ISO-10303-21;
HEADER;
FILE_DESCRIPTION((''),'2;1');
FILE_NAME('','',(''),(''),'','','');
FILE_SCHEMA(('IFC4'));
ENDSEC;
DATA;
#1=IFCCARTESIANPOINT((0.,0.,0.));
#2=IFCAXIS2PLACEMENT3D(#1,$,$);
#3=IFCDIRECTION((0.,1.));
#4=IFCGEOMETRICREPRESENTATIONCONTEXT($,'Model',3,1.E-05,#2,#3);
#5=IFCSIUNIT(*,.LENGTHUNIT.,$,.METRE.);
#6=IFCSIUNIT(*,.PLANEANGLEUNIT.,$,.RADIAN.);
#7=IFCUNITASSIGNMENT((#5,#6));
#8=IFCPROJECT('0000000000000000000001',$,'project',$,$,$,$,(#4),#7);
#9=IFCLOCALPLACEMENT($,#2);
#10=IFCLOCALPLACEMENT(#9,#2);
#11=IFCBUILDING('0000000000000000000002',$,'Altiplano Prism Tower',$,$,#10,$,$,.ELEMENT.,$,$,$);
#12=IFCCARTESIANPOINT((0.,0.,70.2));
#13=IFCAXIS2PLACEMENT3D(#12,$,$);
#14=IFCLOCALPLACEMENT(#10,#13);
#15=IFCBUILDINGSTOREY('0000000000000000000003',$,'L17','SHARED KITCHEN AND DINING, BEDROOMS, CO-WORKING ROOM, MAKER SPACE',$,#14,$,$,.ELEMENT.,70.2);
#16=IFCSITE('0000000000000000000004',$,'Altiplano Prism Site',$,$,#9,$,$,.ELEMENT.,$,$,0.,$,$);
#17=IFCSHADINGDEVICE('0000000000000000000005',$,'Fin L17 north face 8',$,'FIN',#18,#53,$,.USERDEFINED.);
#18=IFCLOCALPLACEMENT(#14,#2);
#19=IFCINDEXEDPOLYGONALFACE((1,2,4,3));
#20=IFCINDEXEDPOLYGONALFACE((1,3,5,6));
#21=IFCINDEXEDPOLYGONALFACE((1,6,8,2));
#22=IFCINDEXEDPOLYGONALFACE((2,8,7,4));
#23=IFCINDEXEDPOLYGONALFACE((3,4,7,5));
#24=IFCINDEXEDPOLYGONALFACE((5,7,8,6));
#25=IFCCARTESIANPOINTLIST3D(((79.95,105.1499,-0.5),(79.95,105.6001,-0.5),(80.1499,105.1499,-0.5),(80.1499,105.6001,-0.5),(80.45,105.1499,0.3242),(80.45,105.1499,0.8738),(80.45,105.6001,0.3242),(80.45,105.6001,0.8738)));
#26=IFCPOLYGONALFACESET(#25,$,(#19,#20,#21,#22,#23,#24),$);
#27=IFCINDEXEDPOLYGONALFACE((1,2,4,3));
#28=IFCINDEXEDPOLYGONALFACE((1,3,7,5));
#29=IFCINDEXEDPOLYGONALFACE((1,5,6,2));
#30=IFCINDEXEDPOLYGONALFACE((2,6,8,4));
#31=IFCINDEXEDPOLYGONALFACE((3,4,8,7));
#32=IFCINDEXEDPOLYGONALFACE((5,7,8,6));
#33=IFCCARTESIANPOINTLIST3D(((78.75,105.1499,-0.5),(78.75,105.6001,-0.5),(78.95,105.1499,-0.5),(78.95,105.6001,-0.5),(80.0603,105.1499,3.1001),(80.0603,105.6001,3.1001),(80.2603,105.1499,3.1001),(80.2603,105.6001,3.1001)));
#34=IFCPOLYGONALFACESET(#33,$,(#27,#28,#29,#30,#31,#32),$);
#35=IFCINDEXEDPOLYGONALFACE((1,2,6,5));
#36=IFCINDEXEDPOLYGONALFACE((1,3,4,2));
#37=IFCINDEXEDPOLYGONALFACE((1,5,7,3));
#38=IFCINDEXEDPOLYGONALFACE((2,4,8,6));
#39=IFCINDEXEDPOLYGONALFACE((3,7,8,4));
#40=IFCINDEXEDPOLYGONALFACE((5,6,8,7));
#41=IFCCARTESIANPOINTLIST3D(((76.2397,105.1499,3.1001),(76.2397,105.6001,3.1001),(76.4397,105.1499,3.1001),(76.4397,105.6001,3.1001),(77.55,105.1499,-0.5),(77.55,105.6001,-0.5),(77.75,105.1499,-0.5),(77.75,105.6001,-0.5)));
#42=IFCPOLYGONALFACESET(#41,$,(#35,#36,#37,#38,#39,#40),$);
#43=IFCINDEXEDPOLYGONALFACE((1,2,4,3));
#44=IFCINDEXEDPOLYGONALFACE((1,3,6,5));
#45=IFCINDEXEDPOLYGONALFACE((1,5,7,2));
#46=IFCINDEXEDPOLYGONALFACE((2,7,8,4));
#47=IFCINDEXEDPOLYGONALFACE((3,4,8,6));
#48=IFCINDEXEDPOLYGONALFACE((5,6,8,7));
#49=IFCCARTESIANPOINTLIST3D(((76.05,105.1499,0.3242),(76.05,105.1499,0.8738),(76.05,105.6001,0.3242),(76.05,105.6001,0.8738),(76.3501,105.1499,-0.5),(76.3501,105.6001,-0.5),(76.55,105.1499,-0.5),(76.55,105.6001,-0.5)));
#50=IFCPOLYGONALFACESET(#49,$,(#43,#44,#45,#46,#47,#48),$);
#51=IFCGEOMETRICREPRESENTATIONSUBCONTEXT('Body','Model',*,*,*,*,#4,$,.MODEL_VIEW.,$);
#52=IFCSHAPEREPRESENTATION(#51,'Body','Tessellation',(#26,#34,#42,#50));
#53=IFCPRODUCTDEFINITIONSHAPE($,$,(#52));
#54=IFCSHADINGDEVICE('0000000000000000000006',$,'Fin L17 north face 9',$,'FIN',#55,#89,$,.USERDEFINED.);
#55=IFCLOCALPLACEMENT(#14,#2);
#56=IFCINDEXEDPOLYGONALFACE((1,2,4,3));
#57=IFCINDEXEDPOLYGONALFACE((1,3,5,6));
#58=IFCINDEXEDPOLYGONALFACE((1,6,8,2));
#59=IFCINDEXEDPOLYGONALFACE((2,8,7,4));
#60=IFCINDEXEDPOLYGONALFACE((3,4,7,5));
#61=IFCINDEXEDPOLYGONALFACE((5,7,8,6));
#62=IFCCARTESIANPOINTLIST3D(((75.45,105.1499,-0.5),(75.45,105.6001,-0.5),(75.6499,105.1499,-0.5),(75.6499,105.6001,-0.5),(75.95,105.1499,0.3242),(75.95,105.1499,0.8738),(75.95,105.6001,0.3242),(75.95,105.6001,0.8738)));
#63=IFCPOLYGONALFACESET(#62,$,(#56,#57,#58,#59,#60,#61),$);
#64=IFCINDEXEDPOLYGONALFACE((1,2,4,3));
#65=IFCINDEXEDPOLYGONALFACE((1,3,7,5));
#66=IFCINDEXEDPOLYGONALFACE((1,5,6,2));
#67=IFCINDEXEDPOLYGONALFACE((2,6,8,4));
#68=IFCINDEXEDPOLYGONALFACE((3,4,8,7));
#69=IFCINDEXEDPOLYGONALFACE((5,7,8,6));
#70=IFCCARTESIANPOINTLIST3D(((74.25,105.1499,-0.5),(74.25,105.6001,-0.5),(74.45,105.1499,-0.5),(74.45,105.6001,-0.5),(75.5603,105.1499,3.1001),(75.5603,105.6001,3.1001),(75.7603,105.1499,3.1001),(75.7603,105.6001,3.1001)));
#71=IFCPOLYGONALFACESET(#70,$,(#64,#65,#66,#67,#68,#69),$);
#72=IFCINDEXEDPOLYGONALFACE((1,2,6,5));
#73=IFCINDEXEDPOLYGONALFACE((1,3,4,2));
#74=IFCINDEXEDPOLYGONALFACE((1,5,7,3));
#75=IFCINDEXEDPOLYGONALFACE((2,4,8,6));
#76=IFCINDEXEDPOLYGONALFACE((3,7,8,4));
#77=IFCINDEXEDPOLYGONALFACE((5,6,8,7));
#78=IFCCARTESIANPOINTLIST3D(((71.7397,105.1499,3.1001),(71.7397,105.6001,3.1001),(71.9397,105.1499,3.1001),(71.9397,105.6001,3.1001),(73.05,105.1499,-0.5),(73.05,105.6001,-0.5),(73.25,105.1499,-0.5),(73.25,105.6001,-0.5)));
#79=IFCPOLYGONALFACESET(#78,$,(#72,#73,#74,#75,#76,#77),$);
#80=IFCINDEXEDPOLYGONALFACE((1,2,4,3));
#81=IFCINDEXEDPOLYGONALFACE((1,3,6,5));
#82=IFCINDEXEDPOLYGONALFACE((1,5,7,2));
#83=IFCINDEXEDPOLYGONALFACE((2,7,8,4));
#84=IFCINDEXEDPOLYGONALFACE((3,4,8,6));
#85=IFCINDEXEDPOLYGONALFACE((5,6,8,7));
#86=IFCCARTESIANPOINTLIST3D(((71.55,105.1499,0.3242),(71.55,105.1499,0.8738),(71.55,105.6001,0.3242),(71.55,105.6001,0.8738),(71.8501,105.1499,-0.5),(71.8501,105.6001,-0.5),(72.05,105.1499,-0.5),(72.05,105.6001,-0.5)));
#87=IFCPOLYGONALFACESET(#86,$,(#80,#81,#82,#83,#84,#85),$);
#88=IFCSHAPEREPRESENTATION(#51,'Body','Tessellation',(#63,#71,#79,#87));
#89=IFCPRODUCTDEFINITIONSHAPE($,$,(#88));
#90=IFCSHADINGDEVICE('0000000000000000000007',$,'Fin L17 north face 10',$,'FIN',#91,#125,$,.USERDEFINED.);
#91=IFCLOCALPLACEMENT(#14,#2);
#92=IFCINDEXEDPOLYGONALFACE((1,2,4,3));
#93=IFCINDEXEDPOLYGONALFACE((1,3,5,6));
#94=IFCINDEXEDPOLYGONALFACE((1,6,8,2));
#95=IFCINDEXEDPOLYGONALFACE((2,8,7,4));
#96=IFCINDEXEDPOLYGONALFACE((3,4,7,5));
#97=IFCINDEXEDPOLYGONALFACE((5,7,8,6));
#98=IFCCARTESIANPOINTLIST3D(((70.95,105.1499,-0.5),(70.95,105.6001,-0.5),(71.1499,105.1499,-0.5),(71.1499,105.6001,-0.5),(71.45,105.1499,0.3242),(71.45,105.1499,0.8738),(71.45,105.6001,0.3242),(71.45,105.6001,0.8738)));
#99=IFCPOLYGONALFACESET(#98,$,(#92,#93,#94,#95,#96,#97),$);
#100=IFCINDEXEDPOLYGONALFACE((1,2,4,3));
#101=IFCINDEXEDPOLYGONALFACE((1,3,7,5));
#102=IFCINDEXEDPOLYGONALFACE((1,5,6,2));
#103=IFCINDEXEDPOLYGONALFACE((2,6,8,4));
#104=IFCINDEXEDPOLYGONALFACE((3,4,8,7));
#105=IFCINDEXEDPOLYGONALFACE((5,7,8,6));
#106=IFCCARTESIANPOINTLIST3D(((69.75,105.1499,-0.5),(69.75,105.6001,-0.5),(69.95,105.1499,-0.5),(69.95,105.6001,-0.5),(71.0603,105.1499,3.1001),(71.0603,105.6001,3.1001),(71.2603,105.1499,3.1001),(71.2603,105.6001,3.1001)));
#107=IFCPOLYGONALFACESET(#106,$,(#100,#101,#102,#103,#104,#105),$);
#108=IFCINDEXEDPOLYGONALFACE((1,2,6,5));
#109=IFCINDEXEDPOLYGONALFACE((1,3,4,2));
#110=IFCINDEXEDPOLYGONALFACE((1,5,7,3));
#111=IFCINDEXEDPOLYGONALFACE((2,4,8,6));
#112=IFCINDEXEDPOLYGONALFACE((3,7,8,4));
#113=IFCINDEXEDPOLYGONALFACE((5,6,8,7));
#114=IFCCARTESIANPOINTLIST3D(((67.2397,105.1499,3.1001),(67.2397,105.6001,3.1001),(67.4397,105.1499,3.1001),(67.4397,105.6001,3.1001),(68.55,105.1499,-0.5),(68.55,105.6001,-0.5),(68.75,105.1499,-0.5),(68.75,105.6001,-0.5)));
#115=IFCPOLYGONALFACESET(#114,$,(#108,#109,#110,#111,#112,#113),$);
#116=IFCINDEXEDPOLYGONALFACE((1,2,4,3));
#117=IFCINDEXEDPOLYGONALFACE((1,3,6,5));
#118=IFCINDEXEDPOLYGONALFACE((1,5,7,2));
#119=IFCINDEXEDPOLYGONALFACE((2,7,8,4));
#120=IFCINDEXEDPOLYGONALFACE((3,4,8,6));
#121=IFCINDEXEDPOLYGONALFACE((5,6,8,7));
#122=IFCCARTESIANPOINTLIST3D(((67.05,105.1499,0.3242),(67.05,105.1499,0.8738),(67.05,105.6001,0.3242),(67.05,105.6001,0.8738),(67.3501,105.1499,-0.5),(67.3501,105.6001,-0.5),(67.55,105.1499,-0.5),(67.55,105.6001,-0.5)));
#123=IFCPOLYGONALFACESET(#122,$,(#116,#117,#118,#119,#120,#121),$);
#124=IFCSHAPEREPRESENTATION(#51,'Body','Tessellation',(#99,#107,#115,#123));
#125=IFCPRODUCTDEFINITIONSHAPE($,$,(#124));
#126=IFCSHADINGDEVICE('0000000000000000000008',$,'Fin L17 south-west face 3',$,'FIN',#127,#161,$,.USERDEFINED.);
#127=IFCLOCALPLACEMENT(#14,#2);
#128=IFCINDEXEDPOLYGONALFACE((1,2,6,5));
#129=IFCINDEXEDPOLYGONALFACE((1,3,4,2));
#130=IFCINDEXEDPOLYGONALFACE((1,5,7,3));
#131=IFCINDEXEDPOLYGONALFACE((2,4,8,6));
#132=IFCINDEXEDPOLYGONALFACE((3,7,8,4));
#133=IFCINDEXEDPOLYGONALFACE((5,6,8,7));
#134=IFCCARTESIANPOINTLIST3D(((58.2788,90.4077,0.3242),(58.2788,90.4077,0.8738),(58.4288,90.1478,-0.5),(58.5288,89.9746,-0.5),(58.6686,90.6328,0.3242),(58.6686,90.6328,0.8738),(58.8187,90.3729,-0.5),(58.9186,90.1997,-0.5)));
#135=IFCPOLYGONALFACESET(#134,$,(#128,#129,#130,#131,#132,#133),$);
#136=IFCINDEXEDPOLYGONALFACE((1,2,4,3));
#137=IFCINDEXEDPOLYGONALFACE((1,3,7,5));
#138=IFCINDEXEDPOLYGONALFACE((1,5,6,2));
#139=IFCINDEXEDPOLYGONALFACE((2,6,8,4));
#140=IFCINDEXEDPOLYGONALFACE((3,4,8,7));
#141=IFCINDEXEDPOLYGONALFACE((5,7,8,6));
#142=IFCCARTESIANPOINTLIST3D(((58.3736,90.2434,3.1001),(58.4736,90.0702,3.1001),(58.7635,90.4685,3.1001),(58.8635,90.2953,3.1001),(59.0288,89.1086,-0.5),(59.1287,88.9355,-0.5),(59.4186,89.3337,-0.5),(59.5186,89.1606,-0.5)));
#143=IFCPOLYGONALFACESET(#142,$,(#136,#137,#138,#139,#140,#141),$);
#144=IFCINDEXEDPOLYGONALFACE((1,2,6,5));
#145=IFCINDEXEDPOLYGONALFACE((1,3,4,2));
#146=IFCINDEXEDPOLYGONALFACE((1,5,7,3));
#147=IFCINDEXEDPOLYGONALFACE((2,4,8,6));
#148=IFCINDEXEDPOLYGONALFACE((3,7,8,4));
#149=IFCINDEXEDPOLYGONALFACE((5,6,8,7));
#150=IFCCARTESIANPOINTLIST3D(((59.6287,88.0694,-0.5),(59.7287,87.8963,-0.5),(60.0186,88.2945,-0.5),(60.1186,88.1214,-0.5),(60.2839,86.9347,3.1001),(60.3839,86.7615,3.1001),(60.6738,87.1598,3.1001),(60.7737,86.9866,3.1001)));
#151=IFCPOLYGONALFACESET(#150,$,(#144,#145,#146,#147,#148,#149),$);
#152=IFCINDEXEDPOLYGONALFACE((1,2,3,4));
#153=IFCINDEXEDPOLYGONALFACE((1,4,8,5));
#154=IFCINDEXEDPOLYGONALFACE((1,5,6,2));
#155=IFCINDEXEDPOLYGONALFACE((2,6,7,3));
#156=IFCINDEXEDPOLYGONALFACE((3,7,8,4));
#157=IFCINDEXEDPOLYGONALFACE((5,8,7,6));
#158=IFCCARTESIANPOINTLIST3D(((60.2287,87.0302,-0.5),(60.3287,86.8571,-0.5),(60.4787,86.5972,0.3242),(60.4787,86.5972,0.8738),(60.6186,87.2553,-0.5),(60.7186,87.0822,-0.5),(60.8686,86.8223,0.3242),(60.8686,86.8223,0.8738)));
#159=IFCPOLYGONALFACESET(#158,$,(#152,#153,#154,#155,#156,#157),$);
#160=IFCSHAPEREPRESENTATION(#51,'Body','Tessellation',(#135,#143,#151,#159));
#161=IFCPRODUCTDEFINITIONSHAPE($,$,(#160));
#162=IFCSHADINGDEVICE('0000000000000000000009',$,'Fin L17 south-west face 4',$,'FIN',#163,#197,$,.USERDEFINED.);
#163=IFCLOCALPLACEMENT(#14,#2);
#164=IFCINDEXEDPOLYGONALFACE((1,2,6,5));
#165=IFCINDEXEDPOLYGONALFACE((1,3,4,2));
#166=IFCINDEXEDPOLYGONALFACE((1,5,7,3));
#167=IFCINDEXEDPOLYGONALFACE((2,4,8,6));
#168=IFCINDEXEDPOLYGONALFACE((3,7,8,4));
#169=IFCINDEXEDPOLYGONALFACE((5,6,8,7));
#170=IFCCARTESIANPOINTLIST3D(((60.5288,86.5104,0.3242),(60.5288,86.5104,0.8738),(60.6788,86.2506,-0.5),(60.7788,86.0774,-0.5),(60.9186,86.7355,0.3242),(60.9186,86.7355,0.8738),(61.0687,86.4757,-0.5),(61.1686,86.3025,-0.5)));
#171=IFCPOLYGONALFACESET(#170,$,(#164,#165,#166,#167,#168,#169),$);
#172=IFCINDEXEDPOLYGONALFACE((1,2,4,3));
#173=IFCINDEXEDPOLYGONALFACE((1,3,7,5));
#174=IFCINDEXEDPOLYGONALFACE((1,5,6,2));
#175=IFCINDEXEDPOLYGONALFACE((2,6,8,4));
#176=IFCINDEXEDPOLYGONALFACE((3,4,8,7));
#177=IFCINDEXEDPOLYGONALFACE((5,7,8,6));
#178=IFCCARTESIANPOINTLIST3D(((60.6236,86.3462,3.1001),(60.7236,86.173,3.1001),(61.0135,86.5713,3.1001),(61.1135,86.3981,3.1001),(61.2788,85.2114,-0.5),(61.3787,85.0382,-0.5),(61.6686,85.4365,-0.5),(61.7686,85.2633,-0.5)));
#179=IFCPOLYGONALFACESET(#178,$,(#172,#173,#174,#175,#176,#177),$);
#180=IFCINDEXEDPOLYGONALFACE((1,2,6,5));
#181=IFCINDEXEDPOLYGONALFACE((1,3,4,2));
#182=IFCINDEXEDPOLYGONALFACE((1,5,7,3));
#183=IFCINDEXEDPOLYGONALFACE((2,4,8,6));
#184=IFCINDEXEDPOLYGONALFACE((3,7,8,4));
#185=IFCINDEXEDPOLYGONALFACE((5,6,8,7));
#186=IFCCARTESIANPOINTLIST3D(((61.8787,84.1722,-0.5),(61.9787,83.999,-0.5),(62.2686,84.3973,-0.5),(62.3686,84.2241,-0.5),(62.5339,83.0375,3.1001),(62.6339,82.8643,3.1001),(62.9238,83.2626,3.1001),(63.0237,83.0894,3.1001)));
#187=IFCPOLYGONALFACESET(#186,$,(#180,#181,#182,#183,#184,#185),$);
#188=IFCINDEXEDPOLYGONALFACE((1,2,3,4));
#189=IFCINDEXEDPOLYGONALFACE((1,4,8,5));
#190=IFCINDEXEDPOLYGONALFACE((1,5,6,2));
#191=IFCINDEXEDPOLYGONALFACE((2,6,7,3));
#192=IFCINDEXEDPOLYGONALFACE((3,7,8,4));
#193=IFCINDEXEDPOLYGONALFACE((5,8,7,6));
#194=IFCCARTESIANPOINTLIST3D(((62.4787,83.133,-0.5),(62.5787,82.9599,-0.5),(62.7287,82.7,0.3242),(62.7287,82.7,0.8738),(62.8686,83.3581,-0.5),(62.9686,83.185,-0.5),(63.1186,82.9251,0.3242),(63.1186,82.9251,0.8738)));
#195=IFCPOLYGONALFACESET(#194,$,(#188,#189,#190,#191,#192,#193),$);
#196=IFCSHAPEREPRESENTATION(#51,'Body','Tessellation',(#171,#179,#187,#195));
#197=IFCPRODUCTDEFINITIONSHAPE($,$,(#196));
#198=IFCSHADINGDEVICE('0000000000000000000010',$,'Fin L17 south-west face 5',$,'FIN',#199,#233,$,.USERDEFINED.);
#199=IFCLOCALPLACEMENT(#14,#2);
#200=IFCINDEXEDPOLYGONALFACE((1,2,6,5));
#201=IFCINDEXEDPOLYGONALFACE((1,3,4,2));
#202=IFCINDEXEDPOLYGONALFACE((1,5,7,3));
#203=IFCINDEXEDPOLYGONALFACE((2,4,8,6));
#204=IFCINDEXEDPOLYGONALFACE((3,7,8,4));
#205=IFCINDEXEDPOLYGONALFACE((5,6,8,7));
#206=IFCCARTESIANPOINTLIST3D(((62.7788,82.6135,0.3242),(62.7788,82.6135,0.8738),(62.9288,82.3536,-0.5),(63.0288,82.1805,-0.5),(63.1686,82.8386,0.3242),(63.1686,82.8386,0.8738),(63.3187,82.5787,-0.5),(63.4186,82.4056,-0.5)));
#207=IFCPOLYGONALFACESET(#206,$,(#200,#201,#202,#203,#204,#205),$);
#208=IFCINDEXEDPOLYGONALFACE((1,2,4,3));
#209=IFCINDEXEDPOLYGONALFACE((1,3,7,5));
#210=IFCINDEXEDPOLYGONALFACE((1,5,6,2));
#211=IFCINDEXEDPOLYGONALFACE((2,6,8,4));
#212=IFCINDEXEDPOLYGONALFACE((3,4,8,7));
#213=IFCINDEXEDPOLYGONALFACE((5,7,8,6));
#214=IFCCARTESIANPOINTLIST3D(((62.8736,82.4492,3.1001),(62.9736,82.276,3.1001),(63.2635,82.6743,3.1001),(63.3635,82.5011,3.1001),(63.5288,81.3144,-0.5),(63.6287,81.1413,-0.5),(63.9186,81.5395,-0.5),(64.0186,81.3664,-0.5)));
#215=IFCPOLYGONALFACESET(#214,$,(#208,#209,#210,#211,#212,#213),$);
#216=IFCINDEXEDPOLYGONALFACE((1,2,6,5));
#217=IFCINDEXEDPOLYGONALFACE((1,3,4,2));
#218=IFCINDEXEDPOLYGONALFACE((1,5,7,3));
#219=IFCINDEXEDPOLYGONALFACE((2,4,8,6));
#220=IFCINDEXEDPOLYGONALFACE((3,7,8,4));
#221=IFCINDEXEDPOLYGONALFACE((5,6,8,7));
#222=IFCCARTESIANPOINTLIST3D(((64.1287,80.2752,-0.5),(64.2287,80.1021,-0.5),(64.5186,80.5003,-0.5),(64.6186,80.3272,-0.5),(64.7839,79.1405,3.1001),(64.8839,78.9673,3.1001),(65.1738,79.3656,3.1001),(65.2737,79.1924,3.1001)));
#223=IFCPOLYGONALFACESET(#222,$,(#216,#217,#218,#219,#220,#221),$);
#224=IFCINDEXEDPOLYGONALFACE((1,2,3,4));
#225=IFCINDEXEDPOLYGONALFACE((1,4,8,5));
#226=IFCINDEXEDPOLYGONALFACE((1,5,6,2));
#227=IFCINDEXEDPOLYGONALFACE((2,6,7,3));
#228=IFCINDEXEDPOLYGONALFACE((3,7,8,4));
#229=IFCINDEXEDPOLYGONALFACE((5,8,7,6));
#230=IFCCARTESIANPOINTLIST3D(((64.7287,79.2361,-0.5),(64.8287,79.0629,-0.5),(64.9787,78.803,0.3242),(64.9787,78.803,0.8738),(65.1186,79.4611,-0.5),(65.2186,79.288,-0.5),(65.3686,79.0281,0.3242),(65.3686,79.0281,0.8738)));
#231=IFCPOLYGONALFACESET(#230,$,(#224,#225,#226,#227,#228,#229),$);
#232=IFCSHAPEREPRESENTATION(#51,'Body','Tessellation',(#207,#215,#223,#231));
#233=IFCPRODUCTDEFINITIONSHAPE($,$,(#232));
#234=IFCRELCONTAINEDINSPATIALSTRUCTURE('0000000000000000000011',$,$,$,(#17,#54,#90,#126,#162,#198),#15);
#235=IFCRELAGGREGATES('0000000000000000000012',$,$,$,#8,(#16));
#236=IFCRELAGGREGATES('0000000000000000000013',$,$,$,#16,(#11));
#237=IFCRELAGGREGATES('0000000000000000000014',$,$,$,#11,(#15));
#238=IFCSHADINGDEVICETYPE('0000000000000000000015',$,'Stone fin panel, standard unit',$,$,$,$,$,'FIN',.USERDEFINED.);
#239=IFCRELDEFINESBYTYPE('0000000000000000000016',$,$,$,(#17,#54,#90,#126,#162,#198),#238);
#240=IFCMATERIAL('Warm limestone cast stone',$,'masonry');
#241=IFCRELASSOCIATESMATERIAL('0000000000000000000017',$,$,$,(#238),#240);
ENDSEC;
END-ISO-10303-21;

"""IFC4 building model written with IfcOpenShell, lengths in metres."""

from ifc_helpers import new_model, si_unit, direction, frame, origin, place, context, subcontext, project, spatial, polyline, outline, extrude, source, transform, mapped, material, type_object, element, save


model = new_model("IFC4")

# Units and contexts
model_context = context("Model", 3, precision=1e-05, world=origin(), true_north=direction((0.0, 1.0)))
body_context = subcontext(model_context, "Body", "Model", "MODEL_VIEW")
ifc_project = project(units=[si_unit("LENGTHUNIT", "METRE"), si_unit("PLANEANGLEUNIT", "RADIAN")], contexts=[model_context])

# Site, building, storey
site_placement = place(None, origin())
site = spatial("IfcSite", under=ifc_project, at=site_placement, Name="Altiplano Prism Site", CompositionType="ELEMENT", RefElevation=0.0)
building_placement = place(site_placement, origin())
building = spatial("IfcBuilding", under=site, at=building_placement, Name="Altiplano Prism Tower", CompositionType="ELEMENT")
storey_placement = place(building_placement, frame((0.0, 0.0, 70.2)))
storey = spatial("IfcBuildingStorey", under=building, at=storey_placement, Name="L17", Description="SHARED KITCHEN AND DINING, BEDROOMS, CO-WORKING ROOM, MAKER SPACE", CompositionType="ELEMENT", Elevation=70.2)

# Shading devices
ifc_material_1 = material(Name="Warm limestone cast stone", Category="masonry")
shading_device_type_1 = type_object("IfcShadingDeviceType", Name="Stone fin panel, standard unit", ElementType="FIN", PredefinedType="USERDEFINED", material=ifc_material_1)
shared_shape_1 = source(origin(), body_context, "Body", "SweptSolid", [
    extrude(outline(polyline([(-2.2, 1.3738), (-2.2, 0.8242), (-1.8999, 0.0), (-1.7, 0.0), (-2.2, 1.3738)])), frame((0.0, -0.1499, 0.0), z_axis=(0.0, -1.0, 0.0), x_axis=(1.0, 0.0, 0.0)), (0.0, 0.0, 1.0), 0.4502),
    extrude(outline(polyline([(-2.0103, 3.6001), (-0.7, 0.0), (-0.5, 0.0), (-1.8103, 3.6001), (-2.0103, 3.6001)])), frame((0.0, -0.1499, 0.0), z_axis=(0.0, -1.0, 0.0), x_axis=(1.0, 0.0, 0.0)), (0.0, 0.0, 1.0), 0.4502),
    extrude(outline(polyline([(1.8103, 3.6001), (0.5, 0.0), (0.7, 0.0), (2.0103, 3.6001), (1.8103, 3.6001)])), frame((0.0, -0.1499, 0.0), z_axis=(0.0, -1.0, 0.0), x_axis=(1.0, 0.0, 0.0)), (0.0, 0.0, 1.0), 0.4502),
    extrude(outline(polyline([(2.2, 0.8242), (2.2, 1.3738), (1.7, 0.0), (1.8999, 0.0), (2.2, 0.8242)])), frame((0.0, -0.1499, 0.0), z_axis=(0.0, -1.0, 0.0), x_axis=(1.0, 0.0, 0.0)), (0.0, 0.0, 1.0), 0.4502),
])
shading_device_1_placement = place(storey_placement, origin())
element("IfcShadingDevice", 1, at=shading_device_1_placement, inside=storey, type_object=shading_device_type_1, Name="Fin L17 north face 8", ObjectType="FIN", PredefinedType="USERDEFINED", context=body_context, shape_type="MappedRepresentation", body=[
    mapped(shared_shape_1, transform((78.25, 105.0, -0.5), x_axis=(-1.0, 0.0, 0.0), y_axis=(0.0, -1.0, 0.0), z_axis=(0.0, 0.0, 1.0))),
])
shading_device_2_placement = place(storey_placement, origin())
element("IfcShadingDevice", 2, at=shading_device_2_placement, inside=storey, type_object=shading_device_type_1, Name="Fin L17 north face 9", ObjectType="FIN", PredefinedType="USERDEFINED", context=body_context, shape_type="MappedRepresentation", body=[
    mapped(shared_shape_1, transform((73.75, 105.0, -0.5), x_axis=(-1.0, 0.0, 0.0), y_axis=(0.0, -1.0, 0.0), z_axis=(0.0, 0.0, 1.0))),
])
shading_device_3_placement = place(storey_placement, origin())
element("IfcShadingDevice", 3, at=shading_device_3_placement, inside=storey, type_object=shading_device_type_1, Name="Fin L17 north face 10", ObjectType="FIN", PredefinedType="USERDEFINED", context=body_context, shape_type="MappedRepresentation", body=[
    mapped(shared_shape_1, transform((69.25, 105.0, -0.5), x_axis=(-1.0, 0.0, 0.0), y_axis=(0.0, -1.0, 0.0), z_axis=(0.0, 0.0, 1.0))),
])
shading_device_4_placement = place(storey_placement, origin())
element("IfcShadingDevice", 4, at=shading_device_4_placement, inside=storey, type_object=shading_device_type_1, Name="Fin L17 south-west face 3", ObjectType="FIN", PredefinedType="USERDEFINED", context=body_context, shape_type="MappedRepresentation", body=[
    mapped(shared_shape_1, transform((59.8984, 88.8025, -0.5), x_axis=(0.5, -0.866025, 0.0), y_axis=(0.866025, 0.5, 0.0), z_axis=(0.0, 0.0, 1.0))),
])
shading_device_5_placement = place(storey_placement, origin())
element("IfcShadingDevice", 5, at=shading_device_5_placement, inside=storey, type_object=shading_device_type_1, Name="Fin L17 south-west face 4", ObjectType="FIN", PredefinedType="USERDEFINED", context=body_context, shape_type="MappedRepresentation", body=[
    mapped(shared_shape_1, transform((62.1484, 84.9053, -0.5), x_axis=(0.5, -0.866025, 0.0), y_axis=(0.866025, 0.5, 0.0), z_axis=(0.0, 0.0, 1.0))),
])
shading_device_6_placement = place(storey_placement, origin())
element("IfcShadingDevice", 6, at=shading_device_6_placement, inside=storey, type_object=shading_device_type_1, Name="Fin L17 south-west face 5", ObjectType="FIN", PredefinedType="USERDEFINED", context=body_context, shape_type="MappedRepresentation", body=[
    mapped(shared_shape_1, transform((64.3984, 81.0083, -0.5), x_axis=(0.5, -0.866025, 0.0), y_axis=(0.866025, 0.5, 0.0), z_axis=(0.0, 0.0, 1.0))),
])

save(model, "model.ifc")
